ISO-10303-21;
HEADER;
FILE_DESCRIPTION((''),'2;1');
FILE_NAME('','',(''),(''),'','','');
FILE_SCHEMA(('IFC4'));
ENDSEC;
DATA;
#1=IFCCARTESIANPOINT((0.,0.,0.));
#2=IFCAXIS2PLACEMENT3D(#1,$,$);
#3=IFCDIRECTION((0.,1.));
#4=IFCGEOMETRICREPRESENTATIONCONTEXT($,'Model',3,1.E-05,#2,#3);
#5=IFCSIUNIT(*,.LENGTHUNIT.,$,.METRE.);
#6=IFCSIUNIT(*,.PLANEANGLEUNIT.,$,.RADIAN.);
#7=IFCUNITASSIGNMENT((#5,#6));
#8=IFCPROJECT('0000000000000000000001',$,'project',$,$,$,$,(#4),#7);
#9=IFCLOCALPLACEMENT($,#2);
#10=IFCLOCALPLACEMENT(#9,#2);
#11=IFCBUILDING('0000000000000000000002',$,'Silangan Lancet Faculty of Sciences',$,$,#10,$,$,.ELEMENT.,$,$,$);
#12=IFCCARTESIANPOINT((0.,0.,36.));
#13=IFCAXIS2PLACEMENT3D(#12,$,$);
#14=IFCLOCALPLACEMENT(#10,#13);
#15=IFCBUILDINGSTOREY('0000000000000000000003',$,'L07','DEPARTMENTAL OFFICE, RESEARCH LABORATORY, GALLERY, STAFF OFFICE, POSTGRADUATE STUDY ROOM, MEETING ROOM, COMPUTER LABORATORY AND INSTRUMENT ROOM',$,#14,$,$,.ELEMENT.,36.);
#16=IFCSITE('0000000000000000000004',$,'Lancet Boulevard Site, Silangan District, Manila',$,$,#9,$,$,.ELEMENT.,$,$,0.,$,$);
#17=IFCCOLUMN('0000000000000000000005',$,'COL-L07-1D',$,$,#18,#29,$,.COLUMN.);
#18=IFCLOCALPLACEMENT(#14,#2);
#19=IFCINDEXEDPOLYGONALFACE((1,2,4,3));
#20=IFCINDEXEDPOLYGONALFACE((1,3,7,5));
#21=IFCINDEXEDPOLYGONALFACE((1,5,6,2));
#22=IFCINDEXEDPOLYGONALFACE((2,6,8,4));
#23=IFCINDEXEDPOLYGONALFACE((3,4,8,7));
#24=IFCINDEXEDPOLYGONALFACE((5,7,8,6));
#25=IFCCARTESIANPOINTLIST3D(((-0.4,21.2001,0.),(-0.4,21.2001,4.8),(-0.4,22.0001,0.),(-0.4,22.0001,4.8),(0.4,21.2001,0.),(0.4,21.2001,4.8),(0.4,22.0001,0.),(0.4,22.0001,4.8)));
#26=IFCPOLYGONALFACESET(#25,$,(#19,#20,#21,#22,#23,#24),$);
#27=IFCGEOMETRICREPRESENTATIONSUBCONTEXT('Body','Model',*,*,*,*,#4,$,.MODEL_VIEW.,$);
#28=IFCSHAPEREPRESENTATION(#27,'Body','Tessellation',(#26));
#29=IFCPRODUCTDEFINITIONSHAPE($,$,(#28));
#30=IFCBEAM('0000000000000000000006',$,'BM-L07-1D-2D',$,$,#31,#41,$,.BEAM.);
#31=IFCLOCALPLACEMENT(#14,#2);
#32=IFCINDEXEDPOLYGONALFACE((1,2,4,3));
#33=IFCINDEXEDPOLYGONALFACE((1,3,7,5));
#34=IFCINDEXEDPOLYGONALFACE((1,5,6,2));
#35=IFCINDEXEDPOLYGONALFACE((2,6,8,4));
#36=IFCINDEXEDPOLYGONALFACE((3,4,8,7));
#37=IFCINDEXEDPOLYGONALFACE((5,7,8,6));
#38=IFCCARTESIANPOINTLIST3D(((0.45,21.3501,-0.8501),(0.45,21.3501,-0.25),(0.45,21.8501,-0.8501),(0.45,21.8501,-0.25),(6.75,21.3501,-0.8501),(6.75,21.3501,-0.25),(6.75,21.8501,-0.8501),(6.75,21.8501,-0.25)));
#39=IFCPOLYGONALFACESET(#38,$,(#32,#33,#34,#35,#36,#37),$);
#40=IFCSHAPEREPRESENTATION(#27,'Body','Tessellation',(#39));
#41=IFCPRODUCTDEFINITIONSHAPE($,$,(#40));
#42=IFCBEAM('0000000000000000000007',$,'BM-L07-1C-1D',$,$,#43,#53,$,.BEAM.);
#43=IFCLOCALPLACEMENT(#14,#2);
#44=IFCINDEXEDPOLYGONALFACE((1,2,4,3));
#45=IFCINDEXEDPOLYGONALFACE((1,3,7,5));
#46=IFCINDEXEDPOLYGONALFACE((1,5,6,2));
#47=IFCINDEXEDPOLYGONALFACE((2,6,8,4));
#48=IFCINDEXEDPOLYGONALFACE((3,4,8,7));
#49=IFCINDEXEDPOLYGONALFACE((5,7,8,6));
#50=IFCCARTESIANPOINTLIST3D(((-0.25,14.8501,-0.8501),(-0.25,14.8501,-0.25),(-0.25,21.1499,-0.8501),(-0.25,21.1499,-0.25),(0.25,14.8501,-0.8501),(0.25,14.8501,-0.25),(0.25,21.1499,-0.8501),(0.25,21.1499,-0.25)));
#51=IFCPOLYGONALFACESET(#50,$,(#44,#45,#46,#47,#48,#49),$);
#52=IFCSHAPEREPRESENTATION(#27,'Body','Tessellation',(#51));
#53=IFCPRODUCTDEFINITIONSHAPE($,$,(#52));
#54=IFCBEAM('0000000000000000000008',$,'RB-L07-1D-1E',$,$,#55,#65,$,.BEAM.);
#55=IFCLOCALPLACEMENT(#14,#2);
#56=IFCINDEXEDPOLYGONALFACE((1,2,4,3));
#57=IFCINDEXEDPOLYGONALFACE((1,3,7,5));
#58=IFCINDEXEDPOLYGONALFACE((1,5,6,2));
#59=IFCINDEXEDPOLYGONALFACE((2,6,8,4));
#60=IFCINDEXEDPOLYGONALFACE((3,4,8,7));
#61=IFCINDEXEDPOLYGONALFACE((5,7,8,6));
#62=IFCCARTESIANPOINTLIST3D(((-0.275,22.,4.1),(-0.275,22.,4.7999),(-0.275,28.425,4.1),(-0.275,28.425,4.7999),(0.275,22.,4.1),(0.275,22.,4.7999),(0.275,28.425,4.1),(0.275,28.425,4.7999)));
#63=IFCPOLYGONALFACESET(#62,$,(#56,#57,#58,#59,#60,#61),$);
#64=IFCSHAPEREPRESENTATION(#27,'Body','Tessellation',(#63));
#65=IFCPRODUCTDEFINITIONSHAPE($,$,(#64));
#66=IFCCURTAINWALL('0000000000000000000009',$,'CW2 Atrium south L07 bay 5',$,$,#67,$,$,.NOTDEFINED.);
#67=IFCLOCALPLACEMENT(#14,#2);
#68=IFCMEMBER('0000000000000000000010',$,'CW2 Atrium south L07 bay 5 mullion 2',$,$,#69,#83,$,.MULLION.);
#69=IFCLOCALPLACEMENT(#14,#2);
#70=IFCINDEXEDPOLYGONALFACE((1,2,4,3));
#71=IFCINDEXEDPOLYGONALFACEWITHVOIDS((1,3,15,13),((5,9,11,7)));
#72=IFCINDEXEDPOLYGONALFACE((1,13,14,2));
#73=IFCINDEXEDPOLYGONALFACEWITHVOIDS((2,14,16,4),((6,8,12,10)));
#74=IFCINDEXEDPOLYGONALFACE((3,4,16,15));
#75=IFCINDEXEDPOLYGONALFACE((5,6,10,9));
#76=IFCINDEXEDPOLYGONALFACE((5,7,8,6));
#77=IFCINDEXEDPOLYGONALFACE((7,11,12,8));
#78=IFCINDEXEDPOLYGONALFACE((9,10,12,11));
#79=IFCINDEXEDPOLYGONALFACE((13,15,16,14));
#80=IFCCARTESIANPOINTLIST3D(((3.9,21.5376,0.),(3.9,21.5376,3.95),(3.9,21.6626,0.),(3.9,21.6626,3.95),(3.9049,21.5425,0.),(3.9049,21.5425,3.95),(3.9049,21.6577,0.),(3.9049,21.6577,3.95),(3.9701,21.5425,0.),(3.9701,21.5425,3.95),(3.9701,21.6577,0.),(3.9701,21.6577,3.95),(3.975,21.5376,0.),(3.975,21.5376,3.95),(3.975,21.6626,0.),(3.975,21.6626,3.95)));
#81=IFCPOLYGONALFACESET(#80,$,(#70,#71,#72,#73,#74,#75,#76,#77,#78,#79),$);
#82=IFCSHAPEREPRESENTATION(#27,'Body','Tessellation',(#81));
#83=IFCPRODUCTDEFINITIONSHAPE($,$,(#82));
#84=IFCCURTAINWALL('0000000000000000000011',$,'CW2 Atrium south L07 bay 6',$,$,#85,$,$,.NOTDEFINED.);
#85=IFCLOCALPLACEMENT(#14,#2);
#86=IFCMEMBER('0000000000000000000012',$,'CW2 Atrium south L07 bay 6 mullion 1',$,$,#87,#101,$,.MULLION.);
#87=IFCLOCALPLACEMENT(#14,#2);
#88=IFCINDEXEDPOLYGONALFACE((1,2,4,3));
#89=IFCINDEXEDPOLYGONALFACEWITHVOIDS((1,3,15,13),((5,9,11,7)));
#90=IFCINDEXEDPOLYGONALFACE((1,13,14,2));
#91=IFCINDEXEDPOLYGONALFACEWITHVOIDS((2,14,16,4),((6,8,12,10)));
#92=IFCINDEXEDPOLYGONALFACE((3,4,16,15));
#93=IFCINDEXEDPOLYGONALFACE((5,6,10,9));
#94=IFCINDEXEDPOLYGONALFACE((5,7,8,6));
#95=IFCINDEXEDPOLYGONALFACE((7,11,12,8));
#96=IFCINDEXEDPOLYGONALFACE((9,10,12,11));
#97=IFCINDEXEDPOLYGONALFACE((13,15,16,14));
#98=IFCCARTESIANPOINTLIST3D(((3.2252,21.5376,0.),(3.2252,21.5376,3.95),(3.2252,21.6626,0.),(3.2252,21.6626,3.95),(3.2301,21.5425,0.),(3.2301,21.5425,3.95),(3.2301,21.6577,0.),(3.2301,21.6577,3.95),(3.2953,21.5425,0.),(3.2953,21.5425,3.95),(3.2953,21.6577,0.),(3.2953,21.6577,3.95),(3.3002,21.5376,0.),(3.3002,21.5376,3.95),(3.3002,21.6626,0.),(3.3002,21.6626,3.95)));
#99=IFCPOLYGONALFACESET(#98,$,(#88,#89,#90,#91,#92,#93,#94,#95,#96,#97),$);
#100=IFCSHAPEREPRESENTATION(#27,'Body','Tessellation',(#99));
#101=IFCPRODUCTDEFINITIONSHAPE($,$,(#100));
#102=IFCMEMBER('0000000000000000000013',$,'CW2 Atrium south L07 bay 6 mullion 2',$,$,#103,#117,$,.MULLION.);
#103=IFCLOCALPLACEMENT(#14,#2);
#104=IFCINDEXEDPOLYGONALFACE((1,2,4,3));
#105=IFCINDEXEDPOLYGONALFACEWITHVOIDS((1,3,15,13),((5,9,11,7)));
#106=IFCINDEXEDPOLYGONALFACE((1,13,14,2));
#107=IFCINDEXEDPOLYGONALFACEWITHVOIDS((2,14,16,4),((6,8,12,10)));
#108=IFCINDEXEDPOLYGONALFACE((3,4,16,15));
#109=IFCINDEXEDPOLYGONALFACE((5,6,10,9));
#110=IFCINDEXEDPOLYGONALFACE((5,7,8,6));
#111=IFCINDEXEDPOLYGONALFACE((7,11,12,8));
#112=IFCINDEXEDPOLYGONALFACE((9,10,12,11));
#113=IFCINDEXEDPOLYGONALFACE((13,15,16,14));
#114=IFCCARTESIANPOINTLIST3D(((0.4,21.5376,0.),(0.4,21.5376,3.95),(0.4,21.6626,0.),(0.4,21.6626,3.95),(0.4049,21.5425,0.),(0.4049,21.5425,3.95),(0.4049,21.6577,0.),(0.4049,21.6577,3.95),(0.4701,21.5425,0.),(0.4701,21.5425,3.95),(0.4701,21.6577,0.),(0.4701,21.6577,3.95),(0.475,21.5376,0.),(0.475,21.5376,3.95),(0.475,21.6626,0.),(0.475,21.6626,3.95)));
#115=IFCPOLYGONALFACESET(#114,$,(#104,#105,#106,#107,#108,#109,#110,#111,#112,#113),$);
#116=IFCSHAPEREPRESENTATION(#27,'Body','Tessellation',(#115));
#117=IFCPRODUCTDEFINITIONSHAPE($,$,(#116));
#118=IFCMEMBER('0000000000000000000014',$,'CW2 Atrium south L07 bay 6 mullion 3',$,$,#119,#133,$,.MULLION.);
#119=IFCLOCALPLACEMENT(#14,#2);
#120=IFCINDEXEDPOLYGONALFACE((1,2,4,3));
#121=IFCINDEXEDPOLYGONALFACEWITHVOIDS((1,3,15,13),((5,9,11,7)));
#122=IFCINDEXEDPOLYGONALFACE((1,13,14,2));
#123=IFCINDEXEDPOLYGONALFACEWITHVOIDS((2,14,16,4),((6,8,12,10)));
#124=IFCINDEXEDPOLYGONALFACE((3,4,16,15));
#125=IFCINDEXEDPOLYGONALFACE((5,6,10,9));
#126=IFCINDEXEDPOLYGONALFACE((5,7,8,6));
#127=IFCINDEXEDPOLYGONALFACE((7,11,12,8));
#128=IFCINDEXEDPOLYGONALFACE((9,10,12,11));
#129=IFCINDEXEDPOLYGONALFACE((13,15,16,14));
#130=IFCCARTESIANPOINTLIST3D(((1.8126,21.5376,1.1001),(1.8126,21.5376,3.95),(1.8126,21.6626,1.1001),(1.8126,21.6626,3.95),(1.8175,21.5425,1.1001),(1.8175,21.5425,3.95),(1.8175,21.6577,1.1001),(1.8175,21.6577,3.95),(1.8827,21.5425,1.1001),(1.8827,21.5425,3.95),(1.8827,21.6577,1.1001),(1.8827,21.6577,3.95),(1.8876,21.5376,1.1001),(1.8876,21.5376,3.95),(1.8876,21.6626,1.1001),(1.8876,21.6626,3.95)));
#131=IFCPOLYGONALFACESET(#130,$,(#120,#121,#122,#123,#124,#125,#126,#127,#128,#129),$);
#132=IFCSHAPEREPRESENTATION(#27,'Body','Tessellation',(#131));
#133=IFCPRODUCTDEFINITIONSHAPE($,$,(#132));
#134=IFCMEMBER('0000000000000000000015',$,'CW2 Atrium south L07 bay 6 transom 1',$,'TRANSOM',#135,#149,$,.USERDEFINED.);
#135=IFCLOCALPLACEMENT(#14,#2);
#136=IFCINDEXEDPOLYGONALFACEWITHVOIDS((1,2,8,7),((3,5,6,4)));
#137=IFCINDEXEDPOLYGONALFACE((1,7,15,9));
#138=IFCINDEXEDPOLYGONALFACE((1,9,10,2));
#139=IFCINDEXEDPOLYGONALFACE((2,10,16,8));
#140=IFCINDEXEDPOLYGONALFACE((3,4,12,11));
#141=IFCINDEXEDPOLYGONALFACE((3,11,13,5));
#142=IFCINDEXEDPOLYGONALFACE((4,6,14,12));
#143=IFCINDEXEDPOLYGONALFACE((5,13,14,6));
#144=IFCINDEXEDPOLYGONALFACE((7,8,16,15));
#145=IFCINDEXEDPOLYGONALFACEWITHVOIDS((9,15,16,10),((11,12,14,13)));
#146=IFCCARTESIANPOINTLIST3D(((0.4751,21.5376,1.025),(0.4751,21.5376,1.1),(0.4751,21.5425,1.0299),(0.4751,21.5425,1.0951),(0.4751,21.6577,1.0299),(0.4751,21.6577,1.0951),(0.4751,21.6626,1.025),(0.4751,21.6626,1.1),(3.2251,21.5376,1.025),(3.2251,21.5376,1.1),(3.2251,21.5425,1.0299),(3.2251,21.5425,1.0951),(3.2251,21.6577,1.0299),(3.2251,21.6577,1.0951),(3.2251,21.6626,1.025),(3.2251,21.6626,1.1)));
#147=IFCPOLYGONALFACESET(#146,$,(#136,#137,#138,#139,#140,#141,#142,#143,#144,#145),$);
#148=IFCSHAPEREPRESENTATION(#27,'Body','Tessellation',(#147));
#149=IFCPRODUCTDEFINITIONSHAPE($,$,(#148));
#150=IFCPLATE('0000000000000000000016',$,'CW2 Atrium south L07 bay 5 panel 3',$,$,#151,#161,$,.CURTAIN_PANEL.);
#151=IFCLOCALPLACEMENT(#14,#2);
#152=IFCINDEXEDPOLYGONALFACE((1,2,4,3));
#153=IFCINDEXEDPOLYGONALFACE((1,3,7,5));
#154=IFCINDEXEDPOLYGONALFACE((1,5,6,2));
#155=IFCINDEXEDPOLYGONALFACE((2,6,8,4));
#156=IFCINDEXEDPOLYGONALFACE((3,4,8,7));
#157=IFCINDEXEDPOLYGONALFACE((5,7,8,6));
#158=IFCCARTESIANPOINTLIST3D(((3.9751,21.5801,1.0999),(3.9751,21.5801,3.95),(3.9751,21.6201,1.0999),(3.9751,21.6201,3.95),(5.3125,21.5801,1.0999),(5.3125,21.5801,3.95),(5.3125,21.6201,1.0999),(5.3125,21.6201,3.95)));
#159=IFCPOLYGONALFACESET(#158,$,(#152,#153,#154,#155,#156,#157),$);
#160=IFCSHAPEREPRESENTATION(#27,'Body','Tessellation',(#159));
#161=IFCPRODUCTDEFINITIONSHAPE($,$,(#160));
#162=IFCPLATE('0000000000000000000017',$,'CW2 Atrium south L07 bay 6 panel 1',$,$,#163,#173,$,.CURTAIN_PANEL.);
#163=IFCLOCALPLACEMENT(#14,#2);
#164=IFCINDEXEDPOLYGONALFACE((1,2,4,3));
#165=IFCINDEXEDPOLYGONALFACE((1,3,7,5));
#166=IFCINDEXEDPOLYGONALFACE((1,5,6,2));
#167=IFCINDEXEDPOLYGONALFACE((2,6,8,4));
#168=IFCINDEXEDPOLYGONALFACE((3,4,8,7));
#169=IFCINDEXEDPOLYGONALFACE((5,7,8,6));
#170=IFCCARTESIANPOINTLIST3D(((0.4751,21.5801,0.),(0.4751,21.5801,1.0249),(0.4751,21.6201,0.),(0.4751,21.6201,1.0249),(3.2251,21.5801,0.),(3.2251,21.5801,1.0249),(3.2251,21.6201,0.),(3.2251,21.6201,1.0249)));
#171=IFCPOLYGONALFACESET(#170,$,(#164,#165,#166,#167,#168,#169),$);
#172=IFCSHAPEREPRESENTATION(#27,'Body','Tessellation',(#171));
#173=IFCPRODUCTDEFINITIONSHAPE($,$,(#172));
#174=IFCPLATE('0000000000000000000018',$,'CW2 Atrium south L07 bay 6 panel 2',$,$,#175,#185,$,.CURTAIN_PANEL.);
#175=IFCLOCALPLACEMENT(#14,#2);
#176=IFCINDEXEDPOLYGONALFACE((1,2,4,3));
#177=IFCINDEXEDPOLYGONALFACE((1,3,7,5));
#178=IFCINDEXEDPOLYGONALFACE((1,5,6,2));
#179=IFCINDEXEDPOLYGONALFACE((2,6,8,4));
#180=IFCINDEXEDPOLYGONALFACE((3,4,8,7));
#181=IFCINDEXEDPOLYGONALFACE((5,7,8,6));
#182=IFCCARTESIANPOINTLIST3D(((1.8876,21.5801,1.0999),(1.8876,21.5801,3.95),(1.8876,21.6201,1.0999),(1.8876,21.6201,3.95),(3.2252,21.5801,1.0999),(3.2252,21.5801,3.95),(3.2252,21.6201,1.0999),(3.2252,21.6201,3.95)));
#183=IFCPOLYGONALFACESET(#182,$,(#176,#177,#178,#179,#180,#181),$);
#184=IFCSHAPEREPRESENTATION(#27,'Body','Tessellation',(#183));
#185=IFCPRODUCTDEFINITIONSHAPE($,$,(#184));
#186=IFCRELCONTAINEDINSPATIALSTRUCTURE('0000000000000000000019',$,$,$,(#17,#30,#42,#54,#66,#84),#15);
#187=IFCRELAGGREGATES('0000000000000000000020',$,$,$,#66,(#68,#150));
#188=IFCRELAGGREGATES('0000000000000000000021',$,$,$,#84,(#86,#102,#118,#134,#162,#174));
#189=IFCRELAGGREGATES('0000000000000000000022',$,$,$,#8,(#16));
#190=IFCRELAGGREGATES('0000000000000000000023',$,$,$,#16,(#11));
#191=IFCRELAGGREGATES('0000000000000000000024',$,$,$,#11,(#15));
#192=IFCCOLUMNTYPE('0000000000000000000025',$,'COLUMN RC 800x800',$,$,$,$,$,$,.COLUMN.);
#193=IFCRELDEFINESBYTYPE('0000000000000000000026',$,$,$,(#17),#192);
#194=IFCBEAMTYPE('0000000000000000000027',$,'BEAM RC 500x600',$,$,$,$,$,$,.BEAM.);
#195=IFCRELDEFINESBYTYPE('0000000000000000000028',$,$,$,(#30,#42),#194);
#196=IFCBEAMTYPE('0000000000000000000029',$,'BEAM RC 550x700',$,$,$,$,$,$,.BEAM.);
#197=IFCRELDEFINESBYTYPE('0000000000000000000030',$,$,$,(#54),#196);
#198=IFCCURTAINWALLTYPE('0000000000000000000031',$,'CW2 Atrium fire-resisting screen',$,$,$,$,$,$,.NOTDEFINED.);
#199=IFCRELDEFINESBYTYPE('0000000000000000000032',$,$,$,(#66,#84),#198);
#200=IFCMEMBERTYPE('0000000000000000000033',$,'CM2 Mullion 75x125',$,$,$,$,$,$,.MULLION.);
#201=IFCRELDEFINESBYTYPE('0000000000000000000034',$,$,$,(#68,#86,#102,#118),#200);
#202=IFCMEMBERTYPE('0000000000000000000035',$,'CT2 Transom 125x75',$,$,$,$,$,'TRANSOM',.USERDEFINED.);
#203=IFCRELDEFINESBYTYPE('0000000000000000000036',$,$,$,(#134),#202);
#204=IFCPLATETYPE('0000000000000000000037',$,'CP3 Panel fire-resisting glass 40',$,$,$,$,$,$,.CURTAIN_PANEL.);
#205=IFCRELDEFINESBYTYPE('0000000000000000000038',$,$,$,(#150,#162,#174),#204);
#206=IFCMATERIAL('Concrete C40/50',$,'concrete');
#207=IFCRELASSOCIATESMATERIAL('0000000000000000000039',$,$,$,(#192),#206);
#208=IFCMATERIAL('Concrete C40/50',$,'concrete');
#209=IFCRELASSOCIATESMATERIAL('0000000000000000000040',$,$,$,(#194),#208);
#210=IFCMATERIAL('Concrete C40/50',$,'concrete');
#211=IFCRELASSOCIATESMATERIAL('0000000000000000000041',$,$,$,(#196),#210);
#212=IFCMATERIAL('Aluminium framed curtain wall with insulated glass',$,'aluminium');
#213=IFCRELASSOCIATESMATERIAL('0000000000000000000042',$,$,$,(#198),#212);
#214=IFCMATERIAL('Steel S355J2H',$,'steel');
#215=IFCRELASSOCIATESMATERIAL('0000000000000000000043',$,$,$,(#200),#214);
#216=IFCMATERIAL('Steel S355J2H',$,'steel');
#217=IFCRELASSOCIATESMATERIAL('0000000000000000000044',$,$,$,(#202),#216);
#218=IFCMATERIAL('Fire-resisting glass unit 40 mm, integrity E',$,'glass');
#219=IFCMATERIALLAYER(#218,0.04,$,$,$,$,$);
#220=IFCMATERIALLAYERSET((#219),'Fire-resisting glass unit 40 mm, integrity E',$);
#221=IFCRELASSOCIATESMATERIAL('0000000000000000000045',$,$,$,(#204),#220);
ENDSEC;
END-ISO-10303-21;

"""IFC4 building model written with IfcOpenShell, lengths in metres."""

from ifc_helpers import new_model, si_unit, direction, frame, origin, origin_2d, place, context, subcontext, project, spatial, rectangle, hollow_rectangle, extrude, material, layer, layer_set, material_profile, profile_set, type_object, element, aggregate, save


model = new_model("IFC4")

# Units and contexts
model_context = context("Model", 3, precision=1e-05, world=origin(), true_north=direction((0.0, 1.0)))
body_context = subcontext(model_context, "Body", "Model", "MODEL_VIEW")
ifc_project = project(units=[si_unit("LENGTHUNIT", "METRE"), si_unit("PLANEANGLEUNIT", "RADIAN")], contexts=[model_context])

# Site, building, storey
site_placement = place(None, origin())
site = spatial("IfcSite", under=ifc_project, at=site_placement, Name="Lancet Boulevard Site, Silangan District, Manila", CompositionType="ELEMENT", RefElevation=0.0)
building_placement = place(site_placement, origin())
building = spatial("IfcBuilding", under=site, at=building_placement, Name="Silangan Lancet Faculty of Sciences", CompositionType="ELEMENT")
storey_placement = place(building_placement, frame((0.0, 0.0, 36.0)))
storey = spatial("IfcBuildingStorey", under=building, at=storey_placement, Name="L07", Description="DEPARTMENTAL OFFICE, RESEARCH LABORATORY, GALLERY, STAFF OFFICE, POSTGRADUATE STUDY ROOM, MEETING ROOM, COMPUTER LABORATORY AND INSTRUMENT ROOM", CompositionType="ELEMENT", Elevation=36.0)

# Column
ifc_material_1 = material(Name="Concrete C40/50", Category="concrete")
ifc_material_profile_1 = material_profile(ifc_material_1, rectangle(XDim=0.8, YDim=0.8, at=origin_2d()), Name="RC 800x800")
ifc_profile_set_1 = profile_set([ifc_material_profile_1], Name="Concrete C40/50")
column_type = type_object("IfcColumnType", Name="COLUMN RC 800x800", PredefinedType="COLUMN", material=ifc_profile_set_1)
column_placement = place(storey_placement, frame((0.0, 21.6001, 0.0), z_axis=(0.0, 0.0, 1.0), x_axis=(1.0, 0.0, 0.0)))
element("IfcColumn", 1, at=column_placement, inside=storey, type_object=column_type, Name="COL-L07-1D", PredefinedType="COLUMN", context=body_context, shape_type="SweptSolid", body=[
    extrude(rectangle(XDim=0.8, YDim=0.8, at=origin_2d()), origin(), (0.0, 0.0, 1.0), 4.8),
])

# Beams
ifc_material_2 = material(Name="Concrete C40/50", Category="concrete")
ifc_material_profile_2 = material_profile(ifc_material_2, rectangle(XDim=0.5, YDim=0.6001, at=origin_2d()), Name="RC 500x600")
ifc_profile_set_2 = profile_set([ifc_material_profile_2], Name="Concrete C40/50")
beam_type_1 = type_object("IfcBeamType", Name="BEAM RC 500x600", PredefinedType="BEAM", material=ifc_profile_set_2)
beam_1_placement = place(storey_placement, frame((0.45, 21.6001, -0.55), z_axis=(1.0, 0.0, 0.0), x_axis=(0.0, 1.0, 0.0)))
element("IfcBeam", 2, at=beam_1_placement, inside=storey, type_object=beam_type_1, Name="BM-L07-1D-2D", PredefinedType="BEAM", context=body_context, shape_type="SweptSolid", body=[
    extrude(rectangle(XDim=0.5, YDim=0.6001, at=origin_2d()), origin(), (0.0, 0.0, 1.0), 6.3),
])
beam_2_placement = place(storey_placement, frame((0.0, 14.8501, -0.55), z_axis=(0.0, 1.0, 0.0), x_axis=(-1.0, 0.0, 0.0)))
element("IfcBeam", 3, at=beam_2_placement, inside=storey, type_object=beam_type_1, Name="BM-L07-1C-1D", PredefinedType="BEAM", context=body_context, shape_type="SweptSolid", body=[
    extrude(rectangle(XDim=0.5, YDim=0.6001, at=origin_2d()), origin(), (0.0, 0.0, 1.0), 6.2998),
])
ifc_material_3 = material(Name="Concrete C40/50", Category="concrete")
ifc_material_profile_3 = material_profile(ifc_material_3, rectangle(XDim=0.55, YDim=0.7, at=origin_2d()), Name="RC 550x700")
ifc_profile_set_3 = profile_set([ifc_material_profile_3], Name="Concrete C40/50")
beam_type_2 = type_object("IfcBeamType", Name="BEAM RC 550x700", PredefinedType="BEAM", material=ifc_profile_set_3)
beam_3_placement = place(storey_placement, frame((0.0, 22.0, 4.45), z_axis=(0.0, 1.0, 0.0), x_axis=(-1.0, 0.0, 0.0)))
element("IfcBeam", 4, at=beam_3_placement, inside=storey, type_object=beam_type_2, Name="RB-L07-1D-1E", PredefinedType="BEAM", context=body_context, shape_type="SweptSolid", body=[
    extrude(rectangle(XDim=0.55, YDim=0.7, at=origin_2d()), origin(), (0.0, 0.0, 1.0), 6.425),
])

# Curtain wall, member
ifc_material_4 = material(Name="Aluminium framed curtain wall with insulated glass", Category="aluminium")
curtain_wall_type = type_object("IfcCurtainWallType", Name="CW2 Atrium fire-resisting screen", PredefinedType="NOTDEFINED", material=ifc_material_4)
curtain_wall_1_placement = place(storey_placement, origin())
curtain_wall_1 = element("IfcCurtainWall", 5, at=curtain_wall_1_placement, inside=storey, type_object=curtain_wall_type, Name="CW2 Atrium south L07 bay 5", PredefinedType="NOTDEFINED")
ifc_material_5 = material(Name="Steel S355J2H", Category="steel")
ifc_material_profile_4 = material_profile(ifc_material_5, hollow_rectangle(XDim=0.075, YDim=0.125, WallThickness=0.0049, at=origin_2d()), Name="ST BOX 75x125x5")
ifc_profile_set_4 = profile_set([ifc_material_profile_4], Name="Steel S355J2H")
member_type_1 = type_object("IfcMemberType", Name="CM2 Mullion 75x125", PredefinedType="MULLION", material=ifc_profile_set_4)
member_1_placement = place(storey_placement, frame((3.9375, 21.6001, 0.0), z_axis=(0.0, 0.0, 1.0), x_axis=(-1.0, 0.0, 0.0)))
member_1 = element("IfcMember", 6, at=member_1_placement, type_object=member_type_1, Name="CW2 Atrium south L07 bay 5 mullion 2", PredefinedType="MULLION", context=body_context, shape_type="SweptSolid", body=[
    extrude(hollow_rectangle(XDim=0.075, YDim=0.125, WallThickness=0.0049, at=origin_2d()), origin(), (0.0, 0.0, 1.0), 3.95),
])

# Curtain wall, members
curtain_wall_2_placement = place(storey_placement, origin())
curtain_wall_2 = element("IfcCurtainWall", 7, at=curtain_wall_2_placement, inside=storey, type_object=curtain_wall_type, Name="CW2 Atrium south L07 bay 6", PredefinedType="NOTDEFINED")
member_2_placement = place(storey_placement, frame((3.2627, 21.6001, 0.0), z_axis=(0.0, 0.0, 1.0), x_axis=(-1.0, 0.0, 0.0)))
member_2 = element("IfcMember", 8, at=member_2_placement, type_object=member_type_1, Name="CW2 Atrium south L07 bay 6 mullion 1", PredefinedType="MULLION", context=body_context, shape_type="SweptSolid", body=[
    extrude(hollow_rectangle(XDim=0.075, YDim=0.125, WallThickness=0.0049, at=origin_2d()), origin(), (0.0, 0.0, 1.0), 3.95),
])
member_3_placement = place(storey_placement, frame((0.4375, 21.6001, 0.0), z_axis=(0.0, 0.0, 1.0), x_axis=(-1.0, 0.0, 0.0)))
member_3 = element("IfcMember", 9, at=member_3_placement, type_object=member_type_1, Name="CW2 Atrium south L07 bay 6 mullion 2", PredefinedType="MULLION", context=body_context, shape_type="SweptSolid", body=[
    extrude(hollow_rectangle(XDim=0.075, YDim=0.125, WallThickness=0.0049, at=origin_2d()), origin(), (0.0, 0.0, 1.0), 3.95),
])
member_4_placement = place(storey_placement, frame((1.8501, 21.6001, 1.1001), z_axis=(0.0, 0.0, 1.0), x_axis=(-1.0, 0.0, 0.0)))
member_4 = element("IfcMember", 10, at=member_4_placement, type_object=member_type_1, Name="CW2 Atrium south L07 bay 6 mullion 3", PredefinedType="MULLION", context=body_context, shape_type="SweptSolid", body=[
    extrude(hollow_rectangle(XDim=0.075, YDim=0.125, WallThickness=0.0049, at=origin_2d()), origin(), (0.0, 0.0, 1.0), 2.8499),
])
ifc_material_6 = material(Name="Steel S355J2H", Category="steel")
ifc_material_profile_5 = material_profile(ifc_material_6, hollow_rectangle(XDim=0.125, YDim=0.075, WallThickness=0.0049, at=origin_2d()), Name="ST BOX 125x75x5")
ifc_profile_set_5 = profile_set([ifc_material_profile_5], Name="Steel S355J2H")
member_type_2 = type_object("IfcMemberType", Name="CT2 Transom 125x75", ElementType="TRANSOM", PredefinedType="USERDEFINED", material=ifc_profile_set_5)
member_5_placement = place(storey_placement, frame((3.2251, 21.6001, 1.0625), z_axis=(-1.0, 0.0, 0.0), x_axis=(0.0, -1.0, 0.0)))
member_5 = element("IfcMember", 11, at=member_5_placement, type_object=member_type_2, Name="CW2 Atrium south L07 bay 6 transom 1", ObjectType="TRANSOM", PredefinedType="USERDEFINED", context=body_context, shape_type="SweptSolid", body=[
    extrude(hollow_rectangle(XDim=0.125, YDim=0.075, WallThickness=0.0049, at=origin_2d()), origin(), (0.0, 0.0, 1.0), 2.75),
])

# Plates
ifc_material_7 = material(Name="Fire-resisting glass unit 40 mm, integrity E", Category="glass")
ifc_layer_1 = layer(ifc_material_7, 0.04)
ifc_layer_set_1 = layer_set([ifc_layer_1], Name="Fire-resisting glass unit 40 mm, integrity E")
plate_type = type_object("IfcPlateType", Name="CP3 Panel fire-resisting glass 40", PredefinedType="CURTAIN_PANEL", material=ifc_layer_set_1)
plate_1_placement = place(storey_placement, frame((4.6438, 21.6001, 1.0999), z_axis=(0.0, 0.0, 1.0), x_axis=(-1.0, 0.0, 0.0)))
plate_1 = element("IfcPlate", 12, at=plate_1_placement, type_object=plate_type, Name="CW2 Atrium south L07 bay 5 panel 3", PredefinedType="CURTAIN_PANEL", context=body_context, shape_type="SweptSolid", body=[
    extrude(rectangle(XDim=1.3374, YDim=0.04, at=origin_2d()), origin(), (0.0, 0.0, 1.0), 2.8501),
])
aggregate(curtain_wall_1, [member_1, plate_1])
plate_2_placement = place(storey_placement, frame((1.8501, 21.6001, 0.0), z_axis=(0.0, 0.0, 1.0), x_axis=(-1.0, 0.0, 0.0)))
plate_2 = element("IfcPlate", 13, at=plate_2_placement, type_object=plate_type, Name="CW2 Atrium south L07 bay 6 panel 1", PredefinedType="CURTAIN_PANEL", context=body_context, shape_type="SweptSolid", body=[
    extrude(rectangle(XDim=2.75, YDim=0.04, at=origin_2d()), origin(), (0.0, 0.0, 1.0), 1.0249),
])
plate_3_placement = place(storey_placement, frame((2.5564, 21.6001, 1.0999), z_axis=(0.0, 0.0, 1.0), x_axis=(-1.0, 0.0, 0.0)))
plate_3 = element("IfcPlate", 14, at=plate_3_placement, type_object=plate_type, Name="CW2 Atrium south L07 bay 6 panel 2", PredefinedType="CURTAIN_PANEL", context=body_context, shape_type="SweptSolid", body=[
    extrude(rectangle(XDim=1.3376, YDim=0.04, at=origin_2d()), origin(), (0.0, 0.0, 1.0), 2.8501),
])
aggregate(curtain_wall_2, [member_2, member_3, member_4, member_5, plate_2, plate_3])

save(model, "model.ifc")
